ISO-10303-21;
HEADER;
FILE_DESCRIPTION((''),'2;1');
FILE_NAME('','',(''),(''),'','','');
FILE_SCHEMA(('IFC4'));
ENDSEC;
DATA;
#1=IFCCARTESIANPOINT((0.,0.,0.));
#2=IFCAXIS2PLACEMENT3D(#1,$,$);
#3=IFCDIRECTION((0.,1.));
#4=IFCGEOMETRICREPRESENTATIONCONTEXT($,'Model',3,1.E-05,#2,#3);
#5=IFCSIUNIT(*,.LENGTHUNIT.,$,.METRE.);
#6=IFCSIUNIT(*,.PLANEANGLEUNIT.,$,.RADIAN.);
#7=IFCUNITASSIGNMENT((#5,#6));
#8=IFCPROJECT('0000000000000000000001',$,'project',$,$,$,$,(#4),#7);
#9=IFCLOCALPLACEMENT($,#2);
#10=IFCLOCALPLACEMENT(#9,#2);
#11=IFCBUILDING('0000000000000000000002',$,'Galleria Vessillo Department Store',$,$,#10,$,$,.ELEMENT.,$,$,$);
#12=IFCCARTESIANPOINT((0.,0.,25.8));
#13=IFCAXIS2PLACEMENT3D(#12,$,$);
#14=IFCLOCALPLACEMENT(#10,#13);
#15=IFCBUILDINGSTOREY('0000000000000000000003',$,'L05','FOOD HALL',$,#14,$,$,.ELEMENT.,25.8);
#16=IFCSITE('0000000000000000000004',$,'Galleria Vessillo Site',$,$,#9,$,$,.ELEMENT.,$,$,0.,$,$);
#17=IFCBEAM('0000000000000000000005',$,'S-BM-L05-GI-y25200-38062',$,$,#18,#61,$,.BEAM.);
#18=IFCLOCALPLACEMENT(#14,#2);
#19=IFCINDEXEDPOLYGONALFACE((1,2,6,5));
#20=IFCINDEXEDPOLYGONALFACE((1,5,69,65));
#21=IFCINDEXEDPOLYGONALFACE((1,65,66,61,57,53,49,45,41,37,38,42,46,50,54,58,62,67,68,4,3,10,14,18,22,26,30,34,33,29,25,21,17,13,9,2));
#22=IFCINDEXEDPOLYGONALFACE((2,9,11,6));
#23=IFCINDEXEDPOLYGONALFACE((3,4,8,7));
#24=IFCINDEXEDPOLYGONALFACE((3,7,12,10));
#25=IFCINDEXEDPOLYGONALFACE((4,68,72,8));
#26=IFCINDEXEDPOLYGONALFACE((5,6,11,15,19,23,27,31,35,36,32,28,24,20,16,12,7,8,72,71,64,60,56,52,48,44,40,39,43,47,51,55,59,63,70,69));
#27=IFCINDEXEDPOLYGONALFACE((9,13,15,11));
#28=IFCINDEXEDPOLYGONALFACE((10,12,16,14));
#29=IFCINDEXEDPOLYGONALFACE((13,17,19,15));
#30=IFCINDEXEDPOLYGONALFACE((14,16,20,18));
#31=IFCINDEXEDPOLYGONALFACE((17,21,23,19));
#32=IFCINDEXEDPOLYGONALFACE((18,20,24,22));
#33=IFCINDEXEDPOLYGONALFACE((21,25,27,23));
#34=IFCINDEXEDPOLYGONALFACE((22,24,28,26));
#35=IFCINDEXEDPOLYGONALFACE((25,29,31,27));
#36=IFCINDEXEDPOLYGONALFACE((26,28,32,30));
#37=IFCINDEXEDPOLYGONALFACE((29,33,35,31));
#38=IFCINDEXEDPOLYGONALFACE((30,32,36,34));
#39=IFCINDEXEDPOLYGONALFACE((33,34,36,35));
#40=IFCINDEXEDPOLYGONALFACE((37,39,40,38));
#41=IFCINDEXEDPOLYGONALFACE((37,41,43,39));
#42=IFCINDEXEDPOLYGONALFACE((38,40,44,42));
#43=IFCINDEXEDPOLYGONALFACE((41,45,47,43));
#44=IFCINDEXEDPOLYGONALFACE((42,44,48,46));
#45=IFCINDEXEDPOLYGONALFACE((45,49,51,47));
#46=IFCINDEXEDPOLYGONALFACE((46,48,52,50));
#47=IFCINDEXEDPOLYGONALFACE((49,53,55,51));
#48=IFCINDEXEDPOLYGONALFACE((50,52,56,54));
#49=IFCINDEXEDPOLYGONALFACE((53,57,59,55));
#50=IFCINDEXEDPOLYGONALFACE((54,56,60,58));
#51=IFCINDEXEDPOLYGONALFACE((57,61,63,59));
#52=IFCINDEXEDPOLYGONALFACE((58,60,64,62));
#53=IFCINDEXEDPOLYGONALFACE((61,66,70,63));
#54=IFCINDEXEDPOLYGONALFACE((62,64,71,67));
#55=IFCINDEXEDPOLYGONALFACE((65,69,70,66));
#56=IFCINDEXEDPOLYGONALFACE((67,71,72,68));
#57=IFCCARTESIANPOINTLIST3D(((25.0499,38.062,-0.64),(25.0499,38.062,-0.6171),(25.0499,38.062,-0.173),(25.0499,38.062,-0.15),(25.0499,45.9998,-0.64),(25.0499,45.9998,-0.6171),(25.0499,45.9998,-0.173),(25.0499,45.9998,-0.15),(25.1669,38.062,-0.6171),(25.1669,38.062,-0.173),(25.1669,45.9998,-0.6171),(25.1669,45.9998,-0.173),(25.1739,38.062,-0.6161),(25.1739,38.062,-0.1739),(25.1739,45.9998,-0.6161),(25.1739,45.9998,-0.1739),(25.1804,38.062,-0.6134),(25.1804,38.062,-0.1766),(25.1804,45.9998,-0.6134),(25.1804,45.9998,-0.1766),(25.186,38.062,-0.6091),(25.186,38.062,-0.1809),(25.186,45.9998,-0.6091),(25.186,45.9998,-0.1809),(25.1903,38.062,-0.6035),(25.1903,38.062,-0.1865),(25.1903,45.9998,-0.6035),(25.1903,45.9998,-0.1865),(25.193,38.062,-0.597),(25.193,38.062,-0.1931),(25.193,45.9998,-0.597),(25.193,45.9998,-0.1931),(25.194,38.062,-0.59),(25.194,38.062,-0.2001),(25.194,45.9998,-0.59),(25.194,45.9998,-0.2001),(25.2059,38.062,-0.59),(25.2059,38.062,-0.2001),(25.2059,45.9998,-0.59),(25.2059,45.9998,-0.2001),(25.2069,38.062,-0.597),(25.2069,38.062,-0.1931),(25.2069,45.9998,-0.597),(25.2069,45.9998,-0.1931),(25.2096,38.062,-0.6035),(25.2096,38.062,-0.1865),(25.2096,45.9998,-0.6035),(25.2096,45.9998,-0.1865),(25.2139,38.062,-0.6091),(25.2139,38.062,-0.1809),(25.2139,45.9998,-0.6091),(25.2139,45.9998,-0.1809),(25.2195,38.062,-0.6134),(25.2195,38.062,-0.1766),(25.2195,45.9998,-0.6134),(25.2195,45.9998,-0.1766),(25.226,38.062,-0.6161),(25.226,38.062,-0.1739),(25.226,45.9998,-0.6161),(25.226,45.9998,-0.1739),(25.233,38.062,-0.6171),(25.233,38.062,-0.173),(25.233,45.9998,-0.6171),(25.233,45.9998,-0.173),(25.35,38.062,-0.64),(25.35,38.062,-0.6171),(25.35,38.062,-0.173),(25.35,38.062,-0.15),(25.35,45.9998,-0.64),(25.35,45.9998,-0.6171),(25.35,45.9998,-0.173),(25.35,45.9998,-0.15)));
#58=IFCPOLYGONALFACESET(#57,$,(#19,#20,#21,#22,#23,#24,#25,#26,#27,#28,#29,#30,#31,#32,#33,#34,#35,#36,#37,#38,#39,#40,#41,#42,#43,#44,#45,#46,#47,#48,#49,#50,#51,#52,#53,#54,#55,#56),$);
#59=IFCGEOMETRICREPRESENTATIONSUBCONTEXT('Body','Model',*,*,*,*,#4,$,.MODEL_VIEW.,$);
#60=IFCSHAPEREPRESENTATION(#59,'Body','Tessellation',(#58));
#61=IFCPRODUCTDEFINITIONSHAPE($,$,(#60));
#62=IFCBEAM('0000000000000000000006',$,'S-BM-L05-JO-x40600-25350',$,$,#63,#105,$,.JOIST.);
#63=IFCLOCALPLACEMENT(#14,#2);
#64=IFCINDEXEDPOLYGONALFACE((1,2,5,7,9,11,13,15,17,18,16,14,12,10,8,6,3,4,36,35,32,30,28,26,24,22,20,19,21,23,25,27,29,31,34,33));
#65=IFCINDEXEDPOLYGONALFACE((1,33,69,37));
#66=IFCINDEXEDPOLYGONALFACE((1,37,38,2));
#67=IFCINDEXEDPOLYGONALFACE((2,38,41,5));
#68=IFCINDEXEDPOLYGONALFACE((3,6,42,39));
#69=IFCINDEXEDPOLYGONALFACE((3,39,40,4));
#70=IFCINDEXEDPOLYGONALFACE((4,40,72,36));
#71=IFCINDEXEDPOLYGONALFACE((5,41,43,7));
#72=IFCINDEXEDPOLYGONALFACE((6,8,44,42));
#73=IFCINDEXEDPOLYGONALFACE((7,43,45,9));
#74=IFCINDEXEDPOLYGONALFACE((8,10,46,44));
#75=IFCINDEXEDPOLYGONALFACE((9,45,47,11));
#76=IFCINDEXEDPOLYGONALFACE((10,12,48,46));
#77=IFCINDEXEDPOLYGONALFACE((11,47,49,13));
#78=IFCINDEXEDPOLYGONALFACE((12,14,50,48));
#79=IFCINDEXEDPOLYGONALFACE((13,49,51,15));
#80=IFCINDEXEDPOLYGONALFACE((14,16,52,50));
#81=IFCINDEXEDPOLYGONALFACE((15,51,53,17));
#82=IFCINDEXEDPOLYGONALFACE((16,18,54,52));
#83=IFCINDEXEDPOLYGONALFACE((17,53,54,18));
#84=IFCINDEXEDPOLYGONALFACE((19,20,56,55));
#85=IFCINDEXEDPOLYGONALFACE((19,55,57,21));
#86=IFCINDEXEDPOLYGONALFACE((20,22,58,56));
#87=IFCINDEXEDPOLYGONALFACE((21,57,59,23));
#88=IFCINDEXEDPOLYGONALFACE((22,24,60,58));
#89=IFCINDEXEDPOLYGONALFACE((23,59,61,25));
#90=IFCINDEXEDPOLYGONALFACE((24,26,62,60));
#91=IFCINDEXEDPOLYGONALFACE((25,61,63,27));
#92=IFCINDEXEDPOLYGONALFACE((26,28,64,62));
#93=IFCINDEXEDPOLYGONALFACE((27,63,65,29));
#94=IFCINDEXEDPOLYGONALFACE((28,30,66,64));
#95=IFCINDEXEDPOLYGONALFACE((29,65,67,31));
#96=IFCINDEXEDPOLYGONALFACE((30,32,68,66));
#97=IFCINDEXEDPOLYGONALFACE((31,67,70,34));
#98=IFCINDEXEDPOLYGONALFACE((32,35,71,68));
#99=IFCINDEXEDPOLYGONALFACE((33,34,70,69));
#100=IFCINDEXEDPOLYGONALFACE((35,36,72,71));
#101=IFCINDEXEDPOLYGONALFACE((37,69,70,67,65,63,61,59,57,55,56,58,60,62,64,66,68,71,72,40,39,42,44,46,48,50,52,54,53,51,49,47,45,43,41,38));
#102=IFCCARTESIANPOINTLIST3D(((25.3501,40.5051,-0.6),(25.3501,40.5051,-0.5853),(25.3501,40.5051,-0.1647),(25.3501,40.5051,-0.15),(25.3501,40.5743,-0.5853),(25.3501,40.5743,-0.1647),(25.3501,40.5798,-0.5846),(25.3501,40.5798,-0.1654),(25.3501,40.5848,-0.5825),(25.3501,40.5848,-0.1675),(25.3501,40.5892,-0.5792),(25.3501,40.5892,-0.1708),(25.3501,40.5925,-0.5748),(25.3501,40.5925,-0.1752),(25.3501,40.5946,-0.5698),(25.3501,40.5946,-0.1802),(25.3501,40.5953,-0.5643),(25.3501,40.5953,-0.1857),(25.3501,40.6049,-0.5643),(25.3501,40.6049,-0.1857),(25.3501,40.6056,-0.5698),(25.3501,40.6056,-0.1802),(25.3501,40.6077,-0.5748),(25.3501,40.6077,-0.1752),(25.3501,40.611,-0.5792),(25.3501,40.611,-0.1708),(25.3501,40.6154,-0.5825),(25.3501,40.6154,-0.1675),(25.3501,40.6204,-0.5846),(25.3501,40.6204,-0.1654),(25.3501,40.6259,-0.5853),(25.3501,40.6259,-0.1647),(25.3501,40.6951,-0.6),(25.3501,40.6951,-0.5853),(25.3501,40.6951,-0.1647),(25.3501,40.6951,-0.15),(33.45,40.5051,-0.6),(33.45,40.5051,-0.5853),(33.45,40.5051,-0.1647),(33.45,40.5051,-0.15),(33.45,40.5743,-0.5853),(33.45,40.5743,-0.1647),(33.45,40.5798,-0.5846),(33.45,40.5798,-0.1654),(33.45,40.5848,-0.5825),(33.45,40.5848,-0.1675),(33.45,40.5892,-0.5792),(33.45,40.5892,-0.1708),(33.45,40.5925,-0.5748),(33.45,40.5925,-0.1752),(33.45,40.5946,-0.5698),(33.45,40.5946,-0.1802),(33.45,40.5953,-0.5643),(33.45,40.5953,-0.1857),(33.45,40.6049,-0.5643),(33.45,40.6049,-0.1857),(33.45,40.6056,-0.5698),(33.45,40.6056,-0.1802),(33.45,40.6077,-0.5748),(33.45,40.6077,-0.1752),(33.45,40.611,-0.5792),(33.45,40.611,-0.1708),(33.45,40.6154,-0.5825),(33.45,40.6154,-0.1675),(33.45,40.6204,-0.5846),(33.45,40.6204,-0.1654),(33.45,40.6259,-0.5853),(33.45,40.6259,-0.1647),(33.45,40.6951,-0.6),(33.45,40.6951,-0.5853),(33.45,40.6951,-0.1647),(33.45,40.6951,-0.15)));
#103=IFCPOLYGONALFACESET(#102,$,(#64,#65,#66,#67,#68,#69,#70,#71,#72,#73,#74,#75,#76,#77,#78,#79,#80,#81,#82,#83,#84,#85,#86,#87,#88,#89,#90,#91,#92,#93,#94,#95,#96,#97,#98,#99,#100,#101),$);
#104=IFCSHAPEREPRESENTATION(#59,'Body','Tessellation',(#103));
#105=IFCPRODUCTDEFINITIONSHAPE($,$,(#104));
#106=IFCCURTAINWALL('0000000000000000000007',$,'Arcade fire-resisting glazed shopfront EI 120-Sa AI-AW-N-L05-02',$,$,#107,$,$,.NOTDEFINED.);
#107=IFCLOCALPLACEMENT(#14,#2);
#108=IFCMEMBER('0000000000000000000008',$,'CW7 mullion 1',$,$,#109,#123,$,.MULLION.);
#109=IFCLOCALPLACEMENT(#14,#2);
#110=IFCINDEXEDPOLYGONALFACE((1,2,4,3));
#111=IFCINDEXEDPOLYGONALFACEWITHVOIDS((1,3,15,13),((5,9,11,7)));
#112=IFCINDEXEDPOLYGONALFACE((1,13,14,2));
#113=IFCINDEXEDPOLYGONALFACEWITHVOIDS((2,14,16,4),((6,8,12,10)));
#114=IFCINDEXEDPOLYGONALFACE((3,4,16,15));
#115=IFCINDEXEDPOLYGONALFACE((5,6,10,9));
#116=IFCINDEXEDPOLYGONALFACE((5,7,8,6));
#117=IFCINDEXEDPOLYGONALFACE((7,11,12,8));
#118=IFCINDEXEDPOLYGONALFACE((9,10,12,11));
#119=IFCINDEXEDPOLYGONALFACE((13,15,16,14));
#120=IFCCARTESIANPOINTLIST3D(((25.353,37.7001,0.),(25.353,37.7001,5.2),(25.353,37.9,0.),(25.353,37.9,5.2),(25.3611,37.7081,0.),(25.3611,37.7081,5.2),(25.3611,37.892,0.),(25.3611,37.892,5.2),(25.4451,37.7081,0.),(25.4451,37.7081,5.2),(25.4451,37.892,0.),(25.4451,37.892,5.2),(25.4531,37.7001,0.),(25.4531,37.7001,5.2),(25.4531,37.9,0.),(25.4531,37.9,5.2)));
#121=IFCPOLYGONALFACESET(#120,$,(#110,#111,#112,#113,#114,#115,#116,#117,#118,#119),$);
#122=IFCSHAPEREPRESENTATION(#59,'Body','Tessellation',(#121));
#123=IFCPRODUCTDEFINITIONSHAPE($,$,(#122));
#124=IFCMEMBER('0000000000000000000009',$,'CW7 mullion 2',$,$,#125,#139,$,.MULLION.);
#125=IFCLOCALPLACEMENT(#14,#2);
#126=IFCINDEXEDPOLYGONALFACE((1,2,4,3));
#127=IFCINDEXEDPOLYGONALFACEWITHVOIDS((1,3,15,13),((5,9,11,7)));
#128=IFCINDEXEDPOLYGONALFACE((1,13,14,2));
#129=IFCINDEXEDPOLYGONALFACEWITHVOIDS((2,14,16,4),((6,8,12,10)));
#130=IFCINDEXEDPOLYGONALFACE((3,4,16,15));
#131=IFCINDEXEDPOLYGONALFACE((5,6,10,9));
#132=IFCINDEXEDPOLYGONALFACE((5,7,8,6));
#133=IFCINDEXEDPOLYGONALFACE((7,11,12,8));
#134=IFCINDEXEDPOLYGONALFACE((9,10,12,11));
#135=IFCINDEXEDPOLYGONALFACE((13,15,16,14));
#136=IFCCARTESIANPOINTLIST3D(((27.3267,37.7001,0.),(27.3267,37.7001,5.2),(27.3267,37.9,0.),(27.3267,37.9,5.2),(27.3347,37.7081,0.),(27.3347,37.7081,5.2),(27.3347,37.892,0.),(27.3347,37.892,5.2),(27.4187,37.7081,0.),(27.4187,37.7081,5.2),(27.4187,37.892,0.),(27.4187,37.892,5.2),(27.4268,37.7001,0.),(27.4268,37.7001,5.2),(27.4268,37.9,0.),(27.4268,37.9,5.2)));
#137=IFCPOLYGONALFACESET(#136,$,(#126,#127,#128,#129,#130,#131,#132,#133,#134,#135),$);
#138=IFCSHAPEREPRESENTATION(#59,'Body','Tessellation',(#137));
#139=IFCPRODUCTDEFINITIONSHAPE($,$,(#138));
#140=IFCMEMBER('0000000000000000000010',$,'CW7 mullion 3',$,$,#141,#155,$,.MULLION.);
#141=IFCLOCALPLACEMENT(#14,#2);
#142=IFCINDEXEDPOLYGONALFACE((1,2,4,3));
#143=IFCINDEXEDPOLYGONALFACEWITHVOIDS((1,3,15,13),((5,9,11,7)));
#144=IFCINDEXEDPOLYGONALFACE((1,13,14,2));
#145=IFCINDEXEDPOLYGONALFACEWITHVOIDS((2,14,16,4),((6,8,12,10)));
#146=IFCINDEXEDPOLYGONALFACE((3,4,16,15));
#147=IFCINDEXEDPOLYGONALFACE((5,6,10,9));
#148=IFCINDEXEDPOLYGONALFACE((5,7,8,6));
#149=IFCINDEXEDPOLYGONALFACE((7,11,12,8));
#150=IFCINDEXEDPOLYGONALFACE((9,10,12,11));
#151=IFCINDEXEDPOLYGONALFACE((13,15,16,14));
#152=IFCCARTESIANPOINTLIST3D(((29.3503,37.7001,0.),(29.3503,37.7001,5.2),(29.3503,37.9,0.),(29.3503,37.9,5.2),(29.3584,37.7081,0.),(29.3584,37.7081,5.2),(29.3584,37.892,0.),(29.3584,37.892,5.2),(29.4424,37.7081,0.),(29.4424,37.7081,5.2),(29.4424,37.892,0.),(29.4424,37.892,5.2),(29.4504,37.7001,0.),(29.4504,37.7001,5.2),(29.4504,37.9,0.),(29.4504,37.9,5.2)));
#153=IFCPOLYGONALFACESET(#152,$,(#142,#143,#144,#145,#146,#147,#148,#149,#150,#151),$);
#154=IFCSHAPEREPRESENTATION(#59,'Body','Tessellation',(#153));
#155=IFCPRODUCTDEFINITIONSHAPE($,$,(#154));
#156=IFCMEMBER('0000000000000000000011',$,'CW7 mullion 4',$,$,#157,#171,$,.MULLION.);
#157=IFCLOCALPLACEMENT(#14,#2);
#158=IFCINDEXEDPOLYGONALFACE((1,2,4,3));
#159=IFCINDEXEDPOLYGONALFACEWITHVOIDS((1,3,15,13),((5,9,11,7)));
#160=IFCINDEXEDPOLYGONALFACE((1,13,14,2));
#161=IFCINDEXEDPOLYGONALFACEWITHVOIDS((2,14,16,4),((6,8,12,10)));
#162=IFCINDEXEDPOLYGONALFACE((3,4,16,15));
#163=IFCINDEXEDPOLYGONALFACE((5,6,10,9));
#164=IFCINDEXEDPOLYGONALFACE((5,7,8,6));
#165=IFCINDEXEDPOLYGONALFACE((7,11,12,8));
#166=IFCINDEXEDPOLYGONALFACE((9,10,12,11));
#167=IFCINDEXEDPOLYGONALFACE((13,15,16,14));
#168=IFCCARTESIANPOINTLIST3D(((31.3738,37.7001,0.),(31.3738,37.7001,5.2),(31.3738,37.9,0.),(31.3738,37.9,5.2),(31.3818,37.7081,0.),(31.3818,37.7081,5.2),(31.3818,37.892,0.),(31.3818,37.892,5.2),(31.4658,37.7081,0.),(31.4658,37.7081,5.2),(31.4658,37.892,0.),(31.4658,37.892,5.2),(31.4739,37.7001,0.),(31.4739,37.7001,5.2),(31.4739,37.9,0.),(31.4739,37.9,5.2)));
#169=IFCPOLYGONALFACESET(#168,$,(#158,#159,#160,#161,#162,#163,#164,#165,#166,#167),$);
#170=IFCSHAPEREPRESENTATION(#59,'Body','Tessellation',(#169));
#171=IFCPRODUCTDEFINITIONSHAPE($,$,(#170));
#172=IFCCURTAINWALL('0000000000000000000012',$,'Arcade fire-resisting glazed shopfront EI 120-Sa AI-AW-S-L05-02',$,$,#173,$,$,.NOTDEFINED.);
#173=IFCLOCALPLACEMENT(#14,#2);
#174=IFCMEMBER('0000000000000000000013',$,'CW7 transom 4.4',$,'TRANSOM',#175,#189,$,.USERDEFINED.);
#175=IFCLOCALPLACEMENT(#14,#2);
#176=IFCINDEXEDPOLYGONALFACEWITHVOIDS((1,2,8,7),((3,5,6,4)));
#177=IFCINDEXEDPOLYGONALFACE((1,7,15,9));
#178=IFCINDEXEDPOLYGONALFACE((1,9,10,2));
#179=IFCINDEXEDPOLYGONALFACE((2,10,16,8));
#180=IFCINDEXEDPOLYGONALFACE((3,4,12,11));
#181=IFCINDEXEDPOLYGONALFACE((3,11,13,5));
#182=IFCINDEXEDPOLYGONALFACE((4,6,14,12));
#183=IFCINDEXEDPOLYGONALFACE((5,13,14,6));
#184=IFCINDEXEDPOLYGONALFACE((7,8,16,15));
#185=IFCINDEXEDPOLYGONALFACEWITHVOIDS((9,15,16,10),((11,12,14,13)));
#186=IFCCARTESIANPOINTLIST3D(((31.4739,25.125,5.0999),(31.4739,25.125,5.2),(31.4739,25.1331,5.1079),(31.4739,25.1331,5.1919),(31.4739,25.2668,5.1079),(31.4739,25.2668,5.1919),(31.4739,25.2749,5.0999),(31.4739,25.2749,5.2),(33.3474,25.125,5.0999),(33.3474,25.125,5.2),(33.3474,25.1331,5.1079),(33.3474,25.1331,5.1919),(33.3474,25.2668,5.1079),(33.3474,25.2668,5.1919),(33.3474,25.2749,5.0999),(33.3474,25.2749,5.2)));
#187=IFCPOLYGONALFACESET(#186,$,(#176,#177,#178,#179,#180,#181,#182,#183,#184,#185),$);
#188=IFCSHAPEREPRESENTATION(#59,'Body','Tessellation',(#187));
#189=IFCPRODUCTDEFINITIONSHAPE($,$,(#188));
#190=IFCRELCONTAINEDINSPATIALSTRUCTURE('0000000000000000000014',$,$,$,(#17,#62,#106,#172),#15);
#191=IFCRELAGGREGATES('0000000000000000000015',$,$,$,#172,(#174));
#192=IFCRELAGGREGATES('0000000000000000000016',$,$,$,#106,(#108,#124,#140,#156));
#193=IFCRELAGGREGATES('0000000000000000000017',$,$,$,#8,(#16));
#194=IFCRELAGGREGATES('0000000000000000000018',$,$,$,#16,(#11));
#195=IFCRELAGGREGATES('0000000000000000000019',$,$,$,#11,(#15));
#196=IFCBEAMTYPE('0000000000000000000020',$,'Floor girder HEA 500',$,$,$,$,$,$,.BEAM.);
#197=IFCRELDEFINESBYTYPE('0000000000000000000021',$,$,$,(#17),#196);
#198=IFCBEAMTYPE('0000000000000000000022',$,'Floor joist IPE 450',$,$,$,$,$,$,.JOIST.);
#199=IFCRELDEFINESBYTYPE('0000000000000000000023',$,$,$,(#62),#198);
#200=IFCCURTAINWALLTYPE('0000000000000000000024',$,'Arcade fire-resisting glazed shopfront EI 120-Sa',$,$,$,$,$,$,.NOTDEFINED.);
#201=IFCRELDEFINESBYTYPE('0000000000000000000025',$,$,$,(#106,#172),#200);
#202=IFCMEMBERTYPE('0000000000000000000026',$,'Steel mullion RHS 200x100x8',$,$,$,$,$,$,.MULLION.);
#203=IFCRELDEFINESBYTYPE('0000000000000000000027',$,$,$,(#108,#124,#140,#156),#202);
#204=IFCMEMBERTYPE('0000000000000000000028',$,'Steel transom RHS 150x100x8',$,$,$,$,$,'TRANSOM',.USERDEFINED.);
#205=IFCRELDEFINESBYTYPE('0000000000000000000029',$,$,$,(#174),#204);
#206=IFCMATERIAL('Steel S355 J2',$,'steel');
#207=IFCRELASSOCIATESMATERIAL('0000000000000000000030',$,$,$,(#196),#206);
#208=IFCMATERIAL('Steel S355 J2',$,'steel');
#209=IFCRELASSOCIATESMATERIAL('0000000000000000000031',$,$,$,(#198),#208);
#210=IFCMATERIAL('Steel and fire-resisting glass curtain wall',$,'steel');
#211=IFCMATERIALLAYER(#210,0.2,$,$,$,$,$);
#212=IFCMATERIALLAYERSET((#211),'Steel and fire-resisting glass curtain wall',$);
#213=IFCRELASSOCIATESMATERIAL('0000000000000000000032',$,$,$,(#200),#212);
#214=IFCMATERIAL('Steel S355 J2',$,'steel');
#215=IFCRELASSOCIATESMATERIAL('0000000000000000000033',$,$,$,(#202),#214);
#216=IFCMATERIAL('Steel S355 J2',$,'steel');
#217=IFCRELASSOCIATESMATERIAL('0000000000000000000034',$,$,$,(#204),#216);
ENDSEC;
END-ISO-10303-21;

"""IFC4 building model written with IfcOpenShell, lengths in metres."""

from ifc_helpers import new_model, si_unit, direction, frame, origin, origin_2d, place, context, subcontext, project, spatial, hollow_rectangle, i_section, extrude, material, layer, layer_set, material_profile, profile_set, type_object, element, aggregate, save


model = new_model("IFC4")

# Units and contexts
model_context = context("Model", 3, precision=1e-05, world=origin(), true_north=direction((0.0, 1.0)))
body_context = subcontext(model_context, "Body", "Model", "MODEL_VIEW")
ifc_project = project(units=[si_unit("LENGTHUNIT", "METRE"), si_unit("PLANEANGLEUNIT", "RADIAN")], contexts=[model_context])

# Site, building, storey
site_placement = place(None, origin())
site = spatial("IfcSite", under=ifc_project, at=site_placement, Name="Galleria Vessillo Site", CompositionType="ELEMENT", RefElevation=0.0)
building_placement = place(site_placement, origin())
building = spatial("IfcBuilding", under=site, at=building_placement, Name="Galleria Vessillo Department Store", CompositionType="ELEMENT")
storey_placement = place(building_placement, frame((0.0, 0.0, 25.8)))
storey = spatial("IfcBuildingStorey", under=building, at=storey_placement, Name="L05", Description="FOOD HALL", CompositionType="ELEMENT", Elevation=25.8)

# Beams
ifc_material_1 = material(Name="Steel S355 J2", Category="steel")
ifc_material_profile_1 = material_profile(ifc_material_1, i_section(OverallWidth=0.3, OverallDepth=0.49, WebThickness=0.012, FlangeThickness=0.0229, FilletRadius=0.0271, at=origin_2d()), Name="HEA 500")
ifc_profile_set_1 = profile_set([ifc_material_profile_1], Name="Steel S355 J2")
beam_type_1 = type_object("IfcBeamType", Name="Floor girder HEA 500", PredefinedType="BEAM", material=ifc_profile_set_1)
beam_1_placement = place(storey_placement, frame((25.2, 38.062, -0.395), z_axis=(0.0, 1.0, 0.0), x_axis=(-1.0, 0.0, 0.0)))
element("IfcBeam", 1, at=beam_1_placement, inside=storey, type_object=beam_type_1, Name="S-BM-L05-GI-y25200-38062", PredefinedType="BEAM", context=body_context, shape_type="SweptSolid", body=[
    extrude(i_section(OverallWidth=0.3, OverallDepth=0.49, WebThickness=0.012, FlangeThickness=0.0229, FilletRadius=0.0271, at=origin_2d()), origin(), (0.0, 0.0, 1.0), 7.9377),
])
ifc_material_2 = material(Name="Steel S355 J2", Category="steel")
ifc_material_profile_2 = material_profile(ifc_material_2, i_section(OverallWidth=0.1899, OverallDepth=0.45, WebThickness=0.0095, FlangeThickness=0.0146, FilletRadius=0.021, at=origin_2d()), Name="IPE 450")
ifc_profile_set_2 = profile_set([ifc_material_profile_2], Name="Steel S355 J2")
beam_type_2 = type_object("IfcBeamType", Name="Floor joist IPE 450", PredefinedType="JOIST", material=ifc_profile_set_2)
beam_2_placement = place(storey_placement, frame((25.3501, 40.6001, -0.375), z_axis=(1.0, 0.0, 0.0), x_axis=(0.0, 1.0, 0.0)))
element("IfcBeam", 2, at=beam_2_placement, inside=storey, type_object=beam_type_2, Name="S-BM-L05-JO-x40600-25350", PredefinedType="JOIST", context=body_context, shape_type="SweptSolid", body=[
    extrude(i_section(OverallWidth=0.1899, OverallDepth=0.45, WebThickness=0.0095, FlangeThickness=0.0146, FilletRadius=0.021, at=origin_2d()), origin(), (0.0, 0.0, 1.0), 8.0999),
])

# Curtain wall, members
ifc_material_3 = material(Name="Steel and fire-resisting glass curtain wall", Category="steel")
ifc_layer_1 = layer(ifc_material_3, 0.2)
ifc_layer_set_1 = layer_set([ifc_layer_1], Name="Steel and fire-resisting glass curtain wall")
curtain_wall_type = type_object("IfcCurtainWallType", Name="Arcade fire-resisting glazed shopfront EI 120-Sa", PredefinedType="NOTDEFINED", material=ifc_layer_set_1)
curtain_wall_1_placement = place(storey_placement, origin())
curtain_wall_1 = element("IfcCurtainWall", 3, at=curtain_wall_1_placement, inside=storey, type_object=curtain_wall_type, Name="Arcade fire-resisting glazed shopfront EI 120-Sa AI-AW-N-L05-02", PredefinedType="NOTDEFINED")
ifc_material_4 = material(Name="Steel S355 J2", Category="steel")
ifc_material_profile_3 = material_profile(ifc_material_4, hollow_rectangle(XDim=0.2, YDim=0.1001, WallThickness=0.0081, at=origin_2d()), Name="RHS 200x100x8")
ifc_profile_set_3 = profile_set([ifc_material_profile_3], Name="Steel S355 J2")
member_type_1 = type_object("IfcMemberType", Name="Steel mullion RHS 200x100x8", PredefinedType="MULLION", material=ifc_profile_set_3)
member_1_placement = place(storey_placement, frame((25.4031, 37.8, 0.0), z_axis=(0.0, 0.0, 1.0), x_axis=(0.0, 1.0, 0.0)))
member_1 = element("IfcMember", 4, at=member_1_placement, type_object=member_type_1, Name="CW7 mullion 1", PredefinedType="MULLION", context=body_context, shape_type="SweptSolid", body=[
    extrude(hollow_rectangle(XDim=0.2, YDim=0.1001, WallThickness=0.0081, at=origin_2d()), origin(), (0.0, 0.0, 1.0), 5.2),
])
member_2_placement = place(storey_placement, frame((27.3767, 37.8, 0.0), z_axis=(0.0, 0.0, 1.0), x_axis=(0.0, 1.0, 0.0)))
member_2 = element("IfcMember", 5, at=member_2_placement, type_object=member_type_1, Name="CW7 mullion 2", PredefinedType="MULLION", context=body_context, shape_type="SweptSolid", body=[
    extrude(hollow_rectangle(XDim=0.2, YDim=0.1001, WallThickness=0.0081, at=origin_2d()), origin(), (0.0, 0.0, 1.0), 5.2),
])
member_3_placement = place(storey_placement, frame((29.4004, 37.8, 0.0), z_axis=(0.0, 0.0, 1.0), x_axis=(0.0, 1.0, 0.0)))
member_3 = element("IfcMember", 6, at=member_3_placement, type_object=member_type_1, Name="CW7 mullion 3", PredefinedType="MULLION", context=body_context, shape_type="SweptSolid", body=[
    extrude(hollow_rectangle(XDim=0.2, YDim=0.1001, WallThickness=0.0081, at=origin_2d()), origin(), (0.0, 0.0, 1.0), 5.2),
])
member_4_placement = place(storey_placement, frame((31.4238, 37.8, 0.0), z_axis=(0.0, 0.0, 1.0), x_axis=(0.0, 1.0, 0.0)))
member_4 = element("IfcMember", 7, at=member_4_placement, type_object=member_type_1, Name="CW7 mullion 4", PredefinedType="MULLION", context=body_context, shape_type="SweptSolid", body=[
    extrude(hollow_rectangle(XDim=0.2, YDim=0.1001, WallThickness=0.0081, at=origin_2d()), origin(), (0.0, 0.0, 1.0), 5.2),
])

# Curtain wall, member
curtain_wall_2_placement = place(storey_placement, origin())
curtain_wall_2 = element("IfcCurtainWall", 8, at=curtain_wall_2_placement, inside=storey, type_object=curtain_wall_type, Name="Arcade fire-resisting glazed shopfront EI 120-Sa AI-AW-S-L05-02", PredefinedType="NOTDEFINED")
ifc_material_5 = material(Name="Steel S355 J2", Category="steel")
ifc_material_profile_4 = material_profile(ifc_material_5, hollow_rectangle(XDim=0.1499, YDim=0.1001, WallThickness=0.0081, at=origin_2d()), Name="RHS 150x100x8")
ifc_profile_set_4 = profile_set([ifc_material_profile_4], Name="Steel S355 J2")
member_type_2 = type_object("IfcMemberType", Name="Steel transom RHS 150x100x8", ElementType="TRANSOM", PredefinedType="USERDEFINED", material=ifc_profile_set_4)
member_5_placement = place(storey_placement, frame((31.4739, 25.2, 5.1499), z_axis=(1.0, 0.0, 0.0), x_axis=(0.0, 1.0, 0.0)))
member_5 = element("IfcMember", 9, at=member_5_placement, type_object=member_type_2, Name="CW7 transom 4.4", ObjectType="TRANSOM", PredefinedType="USERDEFINED", context=body_context, shape_type="SweptSolid", body=[
    extrude(hollow_rectangle(XDim=0.1499, YDim=0.1001, WallThickness=0.0081, at=origin_2d()), origin(), (0.0, 0.0, 1.0), 1.8735),
])

aggregate(curtain_wall_2, [member_5])
aggregate(curtain_wall_1, [member_1, member_2, member_3, member_4])

save(model, "model.ifc")
